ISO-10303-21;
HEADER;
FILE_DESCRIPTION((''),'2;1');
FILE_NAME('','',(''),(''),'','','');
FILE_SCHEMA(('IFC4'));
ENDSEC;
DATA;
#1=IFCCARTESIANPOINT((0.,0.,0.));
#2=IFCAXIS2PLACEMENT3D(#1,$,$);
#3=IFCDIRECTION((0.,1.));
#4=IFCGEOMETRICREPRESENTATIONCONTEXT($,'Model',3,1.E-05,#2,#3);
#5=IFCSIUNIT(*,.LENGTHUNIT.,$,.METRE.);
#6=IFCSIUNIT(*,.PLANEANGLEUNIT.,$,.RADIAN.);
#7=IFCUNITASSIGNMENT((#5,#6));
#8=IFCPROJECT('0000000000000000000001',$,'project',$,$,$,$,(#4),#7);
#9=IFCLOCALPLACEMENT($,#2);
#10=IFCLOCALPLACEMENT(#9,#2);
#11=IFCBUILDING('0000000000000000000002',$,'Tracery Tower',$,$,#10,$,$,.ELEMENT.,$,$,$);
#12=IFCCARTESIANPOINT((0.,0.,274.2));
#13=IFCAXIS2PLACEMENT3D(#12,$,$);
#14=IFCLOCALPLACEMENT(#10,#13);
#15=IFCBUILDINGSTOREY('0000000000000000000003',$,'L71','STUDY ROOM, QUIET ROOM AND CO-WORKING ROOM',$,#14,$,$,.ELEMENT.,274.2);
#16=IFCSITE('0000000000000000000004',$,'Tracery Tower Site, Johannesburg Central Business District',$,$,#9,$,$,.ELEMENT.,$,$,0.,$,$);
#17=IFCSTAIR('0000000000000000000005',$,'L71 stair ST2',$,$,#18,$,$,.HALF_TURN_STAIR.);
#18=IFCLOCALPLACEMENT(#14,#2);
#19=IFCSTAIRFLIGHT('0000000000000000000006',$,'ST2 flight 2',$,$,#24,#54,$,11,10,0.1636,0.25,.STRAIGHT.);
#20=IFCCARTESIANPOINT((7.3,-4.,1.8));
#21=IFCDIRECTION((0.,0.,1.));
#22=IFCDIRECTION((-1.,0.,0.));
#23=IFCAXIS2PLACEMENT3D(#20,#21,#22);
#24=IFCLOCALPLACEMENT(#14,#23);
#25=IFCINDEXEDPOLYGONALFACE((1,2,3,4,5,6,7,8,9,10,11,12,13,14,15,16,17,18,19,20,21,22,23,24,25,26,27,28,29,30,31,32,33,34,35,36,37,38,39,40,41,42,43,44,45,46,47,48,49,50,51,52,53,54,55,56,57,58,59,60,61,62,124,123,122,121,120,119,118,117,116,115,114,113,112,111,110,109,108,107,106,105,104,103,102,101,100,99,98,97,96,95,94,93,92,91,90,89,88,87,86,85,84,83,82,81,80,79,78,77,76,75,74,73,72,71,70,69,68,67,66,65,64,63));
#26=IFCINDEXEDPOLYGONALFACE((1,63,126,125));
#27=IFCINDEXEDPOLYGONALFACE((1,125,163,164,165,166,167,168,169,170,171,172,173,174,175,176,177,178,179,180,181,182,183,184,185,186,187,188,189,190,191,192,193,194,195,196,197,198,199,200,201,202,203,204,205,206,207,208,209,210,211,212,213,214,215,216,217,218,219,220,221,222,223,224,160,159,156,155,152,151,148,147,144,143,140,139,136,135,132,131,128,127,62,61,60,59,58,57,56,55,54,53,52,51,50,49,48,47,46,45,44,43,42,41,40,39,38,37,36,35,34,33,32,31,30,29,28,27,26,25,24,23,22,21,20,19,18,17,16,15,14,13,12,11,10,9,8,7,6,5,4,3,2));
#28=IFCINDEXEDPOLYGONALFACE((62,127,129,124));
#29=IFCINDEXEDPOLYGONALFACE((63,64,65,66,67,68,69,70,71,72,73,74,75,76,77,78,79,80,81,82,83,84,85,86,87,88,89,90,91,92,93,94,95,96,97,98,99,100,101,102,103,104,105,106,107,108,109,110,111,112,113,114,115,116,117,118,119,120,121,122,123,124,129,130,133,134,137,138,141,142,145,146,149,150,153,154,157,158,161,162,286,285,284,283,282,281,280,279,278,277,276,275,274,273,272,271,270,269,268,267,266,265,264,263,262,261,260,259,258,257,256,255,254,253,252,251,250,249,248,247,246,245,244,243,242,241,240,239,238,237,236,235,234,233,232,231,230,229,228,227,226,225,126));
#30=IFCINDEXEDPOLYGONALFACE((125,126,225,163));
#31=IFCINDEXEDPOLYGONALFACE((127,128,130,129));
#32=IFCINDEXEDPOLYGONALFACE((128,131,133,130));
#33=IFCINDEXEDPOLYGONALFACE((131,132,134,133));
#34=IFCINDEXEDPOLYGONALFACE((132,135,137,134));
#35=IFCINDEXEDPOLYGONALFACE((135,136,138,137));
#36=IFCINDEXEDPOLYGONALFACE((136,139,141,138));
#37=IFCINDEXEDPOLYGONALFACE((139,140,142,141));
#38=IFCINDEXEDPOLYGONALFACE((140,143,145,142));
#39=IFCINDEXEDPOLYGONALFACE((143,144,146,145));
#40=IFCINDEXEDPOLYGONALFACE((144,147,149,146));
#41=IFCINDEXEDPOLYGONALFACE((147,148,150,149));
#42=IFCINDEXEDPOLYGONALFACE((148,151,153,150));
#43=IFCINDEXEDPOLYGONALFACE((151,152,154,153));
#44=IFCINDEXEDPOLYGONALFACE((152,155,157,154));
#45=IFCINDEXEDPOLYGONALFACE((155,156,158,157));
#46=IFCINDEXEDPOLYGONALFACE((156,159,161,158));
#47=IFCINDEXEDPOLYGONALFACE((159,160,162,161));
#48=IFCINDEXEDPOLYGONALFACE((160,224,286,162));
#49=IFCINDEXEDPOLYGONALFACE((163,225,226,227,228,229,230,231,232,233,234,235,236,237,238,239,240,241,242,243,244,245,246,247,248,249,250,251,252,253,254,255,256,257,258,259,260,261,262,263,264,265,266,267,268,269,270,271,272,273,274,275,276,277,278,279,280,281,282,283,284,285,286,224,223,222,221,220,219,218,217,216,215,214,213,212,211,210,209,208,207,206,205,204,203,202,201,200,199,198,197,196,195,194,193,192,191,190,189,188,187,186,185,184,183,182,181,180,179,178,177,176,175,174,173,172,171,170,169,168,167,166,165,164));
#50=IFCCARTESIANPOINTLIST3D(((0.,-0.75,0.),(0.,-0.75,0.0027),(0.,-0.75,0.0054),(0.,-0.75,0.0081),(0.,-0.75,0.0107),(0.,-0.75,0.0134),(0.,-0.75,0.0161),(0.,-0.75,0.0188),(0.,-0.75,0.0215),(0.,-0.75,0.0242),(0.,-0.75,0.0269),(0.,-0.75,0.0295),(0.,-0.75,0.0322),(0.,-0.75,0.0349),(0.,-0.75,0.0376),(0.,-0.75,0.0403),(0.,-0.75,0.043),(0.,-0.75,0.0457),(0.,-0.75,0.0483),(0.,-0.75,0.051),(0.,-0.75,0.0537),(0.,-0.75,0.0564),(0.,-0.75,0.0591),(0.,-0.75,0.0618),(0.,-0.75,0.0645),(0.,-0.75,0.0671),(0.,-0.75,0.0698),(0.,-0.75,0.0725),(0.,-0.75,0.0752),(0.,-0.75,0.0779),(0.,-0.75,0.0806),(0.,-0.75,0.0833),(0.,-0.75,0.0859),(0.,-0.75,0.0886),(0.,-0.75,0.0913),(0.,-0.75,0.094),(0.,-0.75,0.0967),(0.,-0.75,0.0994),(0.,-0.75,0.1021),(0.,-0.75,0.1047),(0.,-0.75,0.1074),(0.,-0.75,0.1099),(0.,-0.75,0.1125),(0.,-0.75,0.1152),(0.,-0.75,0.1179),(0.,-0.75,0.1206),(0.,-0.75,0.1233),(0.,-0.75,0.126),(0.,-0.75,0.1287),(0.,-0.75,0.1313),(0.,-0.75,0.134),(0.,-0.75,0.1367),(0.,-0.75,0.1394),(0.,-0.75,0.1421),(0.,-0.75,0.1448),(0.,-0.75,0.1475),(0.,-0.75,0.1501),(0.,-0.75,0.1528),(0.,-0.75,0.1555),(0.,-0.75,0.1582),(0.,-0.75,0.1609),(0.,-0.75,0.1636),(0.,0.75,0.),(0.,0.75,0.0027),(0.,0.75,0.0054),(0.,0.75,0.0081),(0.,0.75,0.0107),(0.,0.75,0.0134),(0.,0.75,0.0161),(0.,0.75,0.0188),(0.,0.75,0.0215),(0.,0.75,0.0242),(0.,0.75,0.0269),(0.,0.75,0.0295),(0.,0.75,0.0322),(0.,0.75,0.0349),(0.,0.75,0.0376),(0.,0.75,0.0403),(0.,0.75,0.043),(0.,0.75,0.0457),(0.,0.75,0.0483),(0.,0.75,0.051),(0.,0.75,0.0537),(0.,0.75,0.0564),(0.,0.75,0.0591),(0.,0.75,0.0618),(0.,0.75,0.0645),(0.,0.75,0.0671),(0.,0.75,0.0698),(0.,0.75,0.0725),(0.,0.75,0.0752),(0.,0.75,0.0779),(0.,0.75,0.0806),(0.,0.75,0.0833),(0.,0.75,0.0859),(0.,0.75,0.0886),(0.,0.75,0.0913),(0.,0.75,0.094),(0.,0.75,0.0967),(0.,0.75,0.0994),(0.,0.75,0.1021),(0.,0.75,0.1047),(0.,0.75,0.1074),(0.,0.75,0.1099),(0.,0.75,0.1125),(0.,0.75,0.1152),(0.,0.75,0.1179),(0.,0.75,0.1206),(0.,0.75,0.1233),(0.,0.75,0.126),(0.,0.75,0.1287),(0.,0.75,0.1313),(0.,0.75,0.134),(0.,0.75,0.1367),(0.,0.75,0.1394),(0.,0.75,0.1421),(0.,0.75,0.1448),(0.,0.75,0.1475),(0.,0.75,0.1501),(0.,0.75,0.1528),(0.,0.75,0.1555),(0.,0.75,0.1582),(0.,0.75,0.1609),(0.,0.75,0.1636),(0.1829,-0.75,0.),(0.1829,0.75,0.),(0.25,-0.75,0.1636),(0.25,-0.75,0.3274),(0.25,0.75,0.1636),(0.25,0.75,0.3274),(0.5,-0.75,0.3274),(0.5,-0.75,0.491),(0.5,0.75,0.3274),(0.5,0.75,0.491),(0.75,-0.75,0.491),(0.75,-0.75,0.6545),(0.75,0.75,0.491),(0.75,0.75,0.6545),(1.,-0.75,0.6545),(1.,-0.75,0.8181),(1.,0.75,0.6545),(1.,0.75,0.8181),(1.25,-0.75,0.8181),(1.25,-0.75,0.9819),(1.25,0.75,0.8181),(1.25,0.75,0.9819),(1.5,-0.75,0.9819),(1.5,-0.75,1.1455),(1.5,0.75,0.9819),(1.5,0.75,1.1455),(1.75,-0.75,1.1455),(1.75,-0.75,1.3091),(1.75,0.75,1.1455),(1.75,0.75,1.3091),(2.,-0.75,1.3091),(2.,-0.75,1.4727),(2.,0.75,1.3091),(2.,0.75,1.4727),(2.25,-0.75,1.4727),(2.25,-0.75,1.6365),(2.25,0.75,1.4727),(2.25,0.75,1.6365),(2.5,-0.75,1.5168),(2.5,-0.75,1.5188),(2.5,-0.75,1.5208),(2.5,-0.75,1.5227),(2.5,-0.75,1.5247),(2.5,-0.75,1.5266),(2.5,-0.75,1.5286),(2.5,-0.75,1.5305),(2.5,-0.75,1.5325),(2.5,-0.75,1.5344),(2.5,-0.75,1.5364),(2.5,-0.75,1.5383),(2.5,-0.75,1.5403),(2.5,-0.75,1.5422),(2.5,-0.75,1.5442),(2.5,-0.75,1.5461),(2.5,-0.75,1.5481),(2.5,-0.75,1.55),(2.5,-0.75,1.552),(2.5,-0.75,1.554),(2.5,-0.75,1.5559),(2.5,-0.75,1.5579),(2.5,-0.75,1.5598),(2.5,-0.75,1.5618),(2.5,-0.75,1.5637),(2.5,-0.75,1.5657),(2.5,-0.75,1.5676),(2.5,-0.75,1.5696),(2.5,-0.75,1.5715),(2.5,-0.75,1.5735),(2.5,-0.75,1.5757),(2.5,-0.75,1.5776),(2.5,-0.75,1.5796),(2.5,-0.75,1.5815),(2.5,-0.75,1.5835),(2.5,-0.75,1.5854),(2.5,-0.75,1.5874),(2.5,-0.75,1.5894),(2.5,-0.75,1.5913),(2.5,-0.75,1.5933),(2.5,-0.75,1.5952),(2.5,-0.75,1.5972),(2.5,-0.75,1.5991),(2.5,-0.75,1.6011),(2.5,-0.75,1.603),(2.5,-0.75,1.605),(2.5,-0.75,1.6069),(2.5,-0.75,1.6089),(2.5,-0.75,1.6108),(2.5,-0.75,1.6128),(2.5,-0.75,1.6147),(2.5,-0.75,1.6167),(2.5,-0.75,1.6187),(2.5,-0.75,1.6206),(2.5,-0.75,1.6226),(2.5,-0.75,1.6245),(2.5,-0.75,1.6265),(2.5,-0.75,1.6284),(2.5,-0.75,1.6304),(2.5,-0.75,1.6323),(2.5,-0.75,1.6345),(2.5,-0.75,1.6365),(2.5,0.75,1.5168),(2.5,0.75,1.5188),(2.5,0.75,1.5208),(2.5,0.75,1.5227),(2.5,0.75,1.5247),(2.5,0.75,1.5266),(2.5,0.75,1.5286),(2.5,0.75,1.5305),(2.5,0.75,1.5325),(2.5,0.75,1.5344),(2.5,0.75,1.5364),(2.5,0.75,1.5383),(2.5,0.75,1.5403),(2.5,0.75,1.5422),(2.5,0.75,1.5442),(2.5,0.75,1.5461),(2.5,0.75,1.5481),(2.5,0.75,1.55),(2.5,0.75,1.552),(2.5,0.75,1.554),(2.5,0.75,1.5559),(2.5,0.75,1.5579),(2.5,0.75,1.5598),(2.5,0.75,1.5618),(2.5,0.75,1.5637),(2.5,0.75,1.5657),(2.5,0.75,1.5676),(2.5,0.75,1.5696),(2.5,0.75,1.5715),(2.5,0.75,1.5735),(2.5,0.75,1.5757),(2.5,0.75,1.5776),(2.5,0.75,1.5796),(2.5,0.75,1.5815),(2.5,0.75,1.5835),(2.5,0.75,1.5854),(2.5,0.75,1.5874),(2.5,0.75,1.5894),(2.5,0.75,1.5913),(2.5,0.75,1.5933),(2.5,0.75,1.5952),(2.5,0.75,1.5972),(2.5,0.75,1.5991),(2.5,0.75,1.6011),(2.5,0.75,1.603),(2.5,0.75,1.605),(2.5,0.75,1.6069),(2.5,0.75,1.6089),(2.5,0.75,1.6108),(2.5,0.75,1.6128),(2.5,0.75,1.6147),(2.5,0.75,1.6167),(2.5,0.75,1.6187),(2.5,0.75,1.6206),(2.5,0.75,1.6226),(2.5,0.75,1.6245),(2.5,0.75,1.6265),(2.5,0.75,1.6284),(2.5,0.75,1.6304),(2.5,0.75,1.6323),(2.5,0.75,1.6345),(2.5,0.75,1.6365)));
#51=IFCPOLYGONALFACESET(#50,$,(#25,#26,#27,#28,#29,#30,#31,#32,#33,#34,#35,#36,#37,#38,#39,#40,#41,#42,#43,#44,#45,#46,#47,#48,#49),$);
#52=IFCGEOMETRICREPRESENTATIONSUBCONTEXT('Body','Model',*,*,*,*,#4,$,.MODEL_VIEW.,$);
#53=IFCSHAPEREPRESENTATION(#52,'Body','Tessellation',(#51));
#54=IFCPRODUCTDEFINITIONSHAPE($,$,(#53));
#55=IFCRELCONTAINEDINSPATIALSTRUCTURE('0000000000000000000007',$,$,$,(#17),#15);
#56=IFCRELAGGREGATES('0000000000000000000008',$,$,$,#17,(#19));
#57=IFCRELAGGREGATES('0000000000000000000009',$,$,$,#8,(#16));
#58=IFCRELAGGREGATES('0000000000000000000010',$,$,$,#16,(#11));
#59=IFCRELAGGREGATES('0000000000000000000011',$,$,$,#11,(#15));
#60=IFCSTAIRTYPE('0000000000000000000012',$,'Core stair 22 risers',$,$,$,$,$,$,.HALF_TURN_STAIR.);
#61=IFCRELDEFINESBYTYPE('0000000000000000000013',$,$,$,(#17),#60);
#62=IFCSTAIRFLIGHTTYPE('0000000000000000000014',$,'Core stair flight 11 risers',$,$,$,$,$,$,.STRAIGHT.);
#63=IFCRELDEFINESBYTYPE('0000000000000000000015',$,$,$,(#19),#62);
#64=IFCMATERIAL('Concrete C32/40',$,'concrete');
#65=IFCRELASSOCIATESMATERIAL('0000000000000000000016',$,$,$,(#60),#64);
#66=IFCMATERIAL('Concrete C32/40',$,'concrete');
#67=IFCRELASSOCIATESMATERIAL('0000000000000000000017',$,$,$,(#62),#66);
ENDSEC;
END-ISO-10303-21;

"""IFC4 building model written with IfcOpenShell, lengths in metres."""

from ifc_helpers import new_model, si_unit, direction, frame, origin, place, context, subcontext, project, spatial, polyline, outline, extrude, material, type_object, element, aggregate, save


model = new_model("IFC4")

# Units and contexts
model_context = context("Model", 3, precision=1e-05, world=origin(), true_north=direction((0.0, 1.0)))
body_context = subcontext(model_context, "Body", "Model", "MODEL_VIEW")
ifc_project = project(units=[si_unit("LENGTHUNIT", "METRE"), si_unit("PLANEANGLEUNIT", "RADIAN")], contexts=[model_context])

# Site, building, storey
site_placement = place(None, origin())
site = spatial("IfcSite", under=ifc_project, at=site_placement, Name="Tracery Tower Site, Johannesburg Central Business District", CompositionType="ELEMENT", RefElevation=0.0)
building_placement = place(site_placement, origin())
building = spatial("IfcBuilding", under=site, at=building_placement, Name="Tracery Tower", CompositionType="ELEMENT")
storey_placement = place(building_placement, frame((0.0, 0.0, 274.2)))
storey = spatial("IfcBuildingStorey", under=building, at=storey_placement, Name="L71", Description="STUDY ROOM, QUIET ROOM AND CO-WORKING ROOM", CompositionType="ELEMENT", Elevation=274.2)

# Stair, stair flight
ifc_material_1 = material(Name="Concrete C32/40", Category="concrete")
stair_type = type_object("IfcStairType", Name="Core stair 22 risers", PredefinedType="HALF_TURN_STAIR", material=ifc_material_1)
stair_placement = place(storey_placement, origin())
stair = element("IfcStair", 1, at=stair_placement, inside=storey, type_object=stair_type, Name="L71 stair ST2", PredefinedType="HALF_TURN_STAIR")
ifc_material_2 = material(Name="Concrete C32/40", Category="concrete")
stair_flight_type = type_object("IfcStairFlightType", Name="Core stair flight 11 risers", PredefinedType="STRAIGHT", material=ifc_material_2)
stair_flight_placement = place(storey_placement, frame((7.3, -4.0, 1.8), z_axis=(0.0, 0.0, 1.0), x_axis=(-1.0, 0.0, 0.0)))
stair_flight = element("IfcStairFlight", 2, at=stair_flight_placement, type_object=stair_flight_type, Name="ST2 flight 2", NumberOfRisers=11, NumberOfTreads=10, PredefinedType="STRAIGHT", RiserHeight=0.1636, TreadLength=0.25, context=body_context, shape_type="SweptSolid", body=[
    extrude(outline(polyline([(0.0, 0.0), (0.0, 0.0027), (0.0, 0.0054), (0.0, 0.0081), (0.0, 0.0107), (0.0, 0.0134), (0.0, 0.0161), (0.0, 0.0188), (0.0, 0.0215), (0.0, 0.0242), (0.0, 0.0269), (0.0, 0.0295), (0.0, 0.0322), (0.0, 0.0349), (0.0, 0.0376), (0.0, 0.0403), (0.0, 0.043), (0.0, 0.0457), (0.0, 0.0483), (0.0, 0.051), (0.0, 0.0537), (0.0, 0.0564), (0.0, 0.0591), (0.0, 0.0618), (0.0, 0.0645), (0.0, 0.0671), (0.0, 0.0698), (0.0, 0.0725), (0.0, 0.0752), (0.0, 0.0779), (0.0, 0.0806), (0.0, 0.0833), (0.0, 0.0859), (0.0, 0.0886), (0.0, 0.0913), (0.0, 0.094), (0.0, 0.0967), (0.0, 0.0994), (0.0, 0.1021), (0.0, 0.1047), (0.0, 0.1074), (0.0, 0.1099), (0.0, 0.1125), (0.0, 0.1152), (0.0, 0.1179), (0.0, 0.1206), (0.0, 0.1233), (0.0, 0.126), (0.0, 0.1287), (0.0, 0.1313), (0.0, 0.134), (0.0, 0.1367), (0.0, 0.1394), (0.0, 0.1421), (0.0, 0.1448), (0.0, 0.1475), (0.0, 0.1501), (0.0, 0.1528), (0.0, 0.1555), (0.0, 0.1582), (0.0, 0.1609), (0.0, 0.1636), (0.25, 0.1636), (0.25, 0.3274), (0.5, 0.3274), (0.5, 0.491), (0.75, 0.491), (0.75, 0.6545), (1.0, 0.6545), (1.0, 0.8181), (1.25, 0.8181), (1.25, 0.9819), (1.5, 0.9819), (1.5, 1.1455), (1.75, 1.1455), (1.75, 1.3091), (2.0, 1.3091), (2.0, 1.4727), (2.25, 1.4727), (2.25, 1.6365), (2.5, 1.6365), (2.5, 1.6345), (2.5, 1.6323), (2.5, 1.6304), (2.5, 1.6284), (2.5, 1.6265), (2.5, 1.6245), (2.5, 1.6226), (2.5, 1.6206), (2.5, 1.6187), (2.5, 1.6167), (2.5, 1.6147), (2.5, 1.6128), (2.5, 1.6108), (2.5, 1.6089), (2.5, 1.6069), (2.5, 1.605), (2.5, 1.603), (2.5, 1.6011), (2.5, 1.5991), (2.5, 1.5972), (2.5, 1.5952), (2.5, 1.5933), (2.5, 1.5913), (2.5, 1.5894), (2.5, 1.5874), (2.5, 1.5854), (2.5, 1.5835), (2.5, 1.5815), (2.5, 1.5796), (2.5, 1.5776), (2.5, 1.5757), (2.5, 1.5735), (2.5, 1.5715), (2.5, 1.5696), (2.5, 1.5676), (2.5, 1.5657), (2.5, 1.5637), (2.5, 1.5618), (2.5, 1.5598), (2.5, 1.5579), (2.5, 1.5559), (2.5, 1.554), (2.5, 1.552), (2.5, 1.55), (2.5, 1.5481), (2.5, 1.5461), (2.5, 1.5442), (2.5, 1.5422), (2.5, 1.5403), (2.5, 1.5383), (2.5, 1.5364), (2.5, 1.5344), (2.5, 1.5325), (2.5, 1.5305), (2.5, 1.5286), (2.5, 1.5266), (2.5, 1.5247), (2.5, 1.5227), (2.5, 1.5208), (2.5, 1.5188), (2.5, 1.5168), (0.1829, 0.0), (0.0, 0.0)])), frame((0.0, 0.75, 0.0), z_axis=(0.0, -1.0, 0.0), x_axis=(1.0, 0.0, 0.0)), (0.0, 0.0, 1.0), 1.5),
])
aggregate(stair, [stair_flight])

save(model, "model.ifc")
